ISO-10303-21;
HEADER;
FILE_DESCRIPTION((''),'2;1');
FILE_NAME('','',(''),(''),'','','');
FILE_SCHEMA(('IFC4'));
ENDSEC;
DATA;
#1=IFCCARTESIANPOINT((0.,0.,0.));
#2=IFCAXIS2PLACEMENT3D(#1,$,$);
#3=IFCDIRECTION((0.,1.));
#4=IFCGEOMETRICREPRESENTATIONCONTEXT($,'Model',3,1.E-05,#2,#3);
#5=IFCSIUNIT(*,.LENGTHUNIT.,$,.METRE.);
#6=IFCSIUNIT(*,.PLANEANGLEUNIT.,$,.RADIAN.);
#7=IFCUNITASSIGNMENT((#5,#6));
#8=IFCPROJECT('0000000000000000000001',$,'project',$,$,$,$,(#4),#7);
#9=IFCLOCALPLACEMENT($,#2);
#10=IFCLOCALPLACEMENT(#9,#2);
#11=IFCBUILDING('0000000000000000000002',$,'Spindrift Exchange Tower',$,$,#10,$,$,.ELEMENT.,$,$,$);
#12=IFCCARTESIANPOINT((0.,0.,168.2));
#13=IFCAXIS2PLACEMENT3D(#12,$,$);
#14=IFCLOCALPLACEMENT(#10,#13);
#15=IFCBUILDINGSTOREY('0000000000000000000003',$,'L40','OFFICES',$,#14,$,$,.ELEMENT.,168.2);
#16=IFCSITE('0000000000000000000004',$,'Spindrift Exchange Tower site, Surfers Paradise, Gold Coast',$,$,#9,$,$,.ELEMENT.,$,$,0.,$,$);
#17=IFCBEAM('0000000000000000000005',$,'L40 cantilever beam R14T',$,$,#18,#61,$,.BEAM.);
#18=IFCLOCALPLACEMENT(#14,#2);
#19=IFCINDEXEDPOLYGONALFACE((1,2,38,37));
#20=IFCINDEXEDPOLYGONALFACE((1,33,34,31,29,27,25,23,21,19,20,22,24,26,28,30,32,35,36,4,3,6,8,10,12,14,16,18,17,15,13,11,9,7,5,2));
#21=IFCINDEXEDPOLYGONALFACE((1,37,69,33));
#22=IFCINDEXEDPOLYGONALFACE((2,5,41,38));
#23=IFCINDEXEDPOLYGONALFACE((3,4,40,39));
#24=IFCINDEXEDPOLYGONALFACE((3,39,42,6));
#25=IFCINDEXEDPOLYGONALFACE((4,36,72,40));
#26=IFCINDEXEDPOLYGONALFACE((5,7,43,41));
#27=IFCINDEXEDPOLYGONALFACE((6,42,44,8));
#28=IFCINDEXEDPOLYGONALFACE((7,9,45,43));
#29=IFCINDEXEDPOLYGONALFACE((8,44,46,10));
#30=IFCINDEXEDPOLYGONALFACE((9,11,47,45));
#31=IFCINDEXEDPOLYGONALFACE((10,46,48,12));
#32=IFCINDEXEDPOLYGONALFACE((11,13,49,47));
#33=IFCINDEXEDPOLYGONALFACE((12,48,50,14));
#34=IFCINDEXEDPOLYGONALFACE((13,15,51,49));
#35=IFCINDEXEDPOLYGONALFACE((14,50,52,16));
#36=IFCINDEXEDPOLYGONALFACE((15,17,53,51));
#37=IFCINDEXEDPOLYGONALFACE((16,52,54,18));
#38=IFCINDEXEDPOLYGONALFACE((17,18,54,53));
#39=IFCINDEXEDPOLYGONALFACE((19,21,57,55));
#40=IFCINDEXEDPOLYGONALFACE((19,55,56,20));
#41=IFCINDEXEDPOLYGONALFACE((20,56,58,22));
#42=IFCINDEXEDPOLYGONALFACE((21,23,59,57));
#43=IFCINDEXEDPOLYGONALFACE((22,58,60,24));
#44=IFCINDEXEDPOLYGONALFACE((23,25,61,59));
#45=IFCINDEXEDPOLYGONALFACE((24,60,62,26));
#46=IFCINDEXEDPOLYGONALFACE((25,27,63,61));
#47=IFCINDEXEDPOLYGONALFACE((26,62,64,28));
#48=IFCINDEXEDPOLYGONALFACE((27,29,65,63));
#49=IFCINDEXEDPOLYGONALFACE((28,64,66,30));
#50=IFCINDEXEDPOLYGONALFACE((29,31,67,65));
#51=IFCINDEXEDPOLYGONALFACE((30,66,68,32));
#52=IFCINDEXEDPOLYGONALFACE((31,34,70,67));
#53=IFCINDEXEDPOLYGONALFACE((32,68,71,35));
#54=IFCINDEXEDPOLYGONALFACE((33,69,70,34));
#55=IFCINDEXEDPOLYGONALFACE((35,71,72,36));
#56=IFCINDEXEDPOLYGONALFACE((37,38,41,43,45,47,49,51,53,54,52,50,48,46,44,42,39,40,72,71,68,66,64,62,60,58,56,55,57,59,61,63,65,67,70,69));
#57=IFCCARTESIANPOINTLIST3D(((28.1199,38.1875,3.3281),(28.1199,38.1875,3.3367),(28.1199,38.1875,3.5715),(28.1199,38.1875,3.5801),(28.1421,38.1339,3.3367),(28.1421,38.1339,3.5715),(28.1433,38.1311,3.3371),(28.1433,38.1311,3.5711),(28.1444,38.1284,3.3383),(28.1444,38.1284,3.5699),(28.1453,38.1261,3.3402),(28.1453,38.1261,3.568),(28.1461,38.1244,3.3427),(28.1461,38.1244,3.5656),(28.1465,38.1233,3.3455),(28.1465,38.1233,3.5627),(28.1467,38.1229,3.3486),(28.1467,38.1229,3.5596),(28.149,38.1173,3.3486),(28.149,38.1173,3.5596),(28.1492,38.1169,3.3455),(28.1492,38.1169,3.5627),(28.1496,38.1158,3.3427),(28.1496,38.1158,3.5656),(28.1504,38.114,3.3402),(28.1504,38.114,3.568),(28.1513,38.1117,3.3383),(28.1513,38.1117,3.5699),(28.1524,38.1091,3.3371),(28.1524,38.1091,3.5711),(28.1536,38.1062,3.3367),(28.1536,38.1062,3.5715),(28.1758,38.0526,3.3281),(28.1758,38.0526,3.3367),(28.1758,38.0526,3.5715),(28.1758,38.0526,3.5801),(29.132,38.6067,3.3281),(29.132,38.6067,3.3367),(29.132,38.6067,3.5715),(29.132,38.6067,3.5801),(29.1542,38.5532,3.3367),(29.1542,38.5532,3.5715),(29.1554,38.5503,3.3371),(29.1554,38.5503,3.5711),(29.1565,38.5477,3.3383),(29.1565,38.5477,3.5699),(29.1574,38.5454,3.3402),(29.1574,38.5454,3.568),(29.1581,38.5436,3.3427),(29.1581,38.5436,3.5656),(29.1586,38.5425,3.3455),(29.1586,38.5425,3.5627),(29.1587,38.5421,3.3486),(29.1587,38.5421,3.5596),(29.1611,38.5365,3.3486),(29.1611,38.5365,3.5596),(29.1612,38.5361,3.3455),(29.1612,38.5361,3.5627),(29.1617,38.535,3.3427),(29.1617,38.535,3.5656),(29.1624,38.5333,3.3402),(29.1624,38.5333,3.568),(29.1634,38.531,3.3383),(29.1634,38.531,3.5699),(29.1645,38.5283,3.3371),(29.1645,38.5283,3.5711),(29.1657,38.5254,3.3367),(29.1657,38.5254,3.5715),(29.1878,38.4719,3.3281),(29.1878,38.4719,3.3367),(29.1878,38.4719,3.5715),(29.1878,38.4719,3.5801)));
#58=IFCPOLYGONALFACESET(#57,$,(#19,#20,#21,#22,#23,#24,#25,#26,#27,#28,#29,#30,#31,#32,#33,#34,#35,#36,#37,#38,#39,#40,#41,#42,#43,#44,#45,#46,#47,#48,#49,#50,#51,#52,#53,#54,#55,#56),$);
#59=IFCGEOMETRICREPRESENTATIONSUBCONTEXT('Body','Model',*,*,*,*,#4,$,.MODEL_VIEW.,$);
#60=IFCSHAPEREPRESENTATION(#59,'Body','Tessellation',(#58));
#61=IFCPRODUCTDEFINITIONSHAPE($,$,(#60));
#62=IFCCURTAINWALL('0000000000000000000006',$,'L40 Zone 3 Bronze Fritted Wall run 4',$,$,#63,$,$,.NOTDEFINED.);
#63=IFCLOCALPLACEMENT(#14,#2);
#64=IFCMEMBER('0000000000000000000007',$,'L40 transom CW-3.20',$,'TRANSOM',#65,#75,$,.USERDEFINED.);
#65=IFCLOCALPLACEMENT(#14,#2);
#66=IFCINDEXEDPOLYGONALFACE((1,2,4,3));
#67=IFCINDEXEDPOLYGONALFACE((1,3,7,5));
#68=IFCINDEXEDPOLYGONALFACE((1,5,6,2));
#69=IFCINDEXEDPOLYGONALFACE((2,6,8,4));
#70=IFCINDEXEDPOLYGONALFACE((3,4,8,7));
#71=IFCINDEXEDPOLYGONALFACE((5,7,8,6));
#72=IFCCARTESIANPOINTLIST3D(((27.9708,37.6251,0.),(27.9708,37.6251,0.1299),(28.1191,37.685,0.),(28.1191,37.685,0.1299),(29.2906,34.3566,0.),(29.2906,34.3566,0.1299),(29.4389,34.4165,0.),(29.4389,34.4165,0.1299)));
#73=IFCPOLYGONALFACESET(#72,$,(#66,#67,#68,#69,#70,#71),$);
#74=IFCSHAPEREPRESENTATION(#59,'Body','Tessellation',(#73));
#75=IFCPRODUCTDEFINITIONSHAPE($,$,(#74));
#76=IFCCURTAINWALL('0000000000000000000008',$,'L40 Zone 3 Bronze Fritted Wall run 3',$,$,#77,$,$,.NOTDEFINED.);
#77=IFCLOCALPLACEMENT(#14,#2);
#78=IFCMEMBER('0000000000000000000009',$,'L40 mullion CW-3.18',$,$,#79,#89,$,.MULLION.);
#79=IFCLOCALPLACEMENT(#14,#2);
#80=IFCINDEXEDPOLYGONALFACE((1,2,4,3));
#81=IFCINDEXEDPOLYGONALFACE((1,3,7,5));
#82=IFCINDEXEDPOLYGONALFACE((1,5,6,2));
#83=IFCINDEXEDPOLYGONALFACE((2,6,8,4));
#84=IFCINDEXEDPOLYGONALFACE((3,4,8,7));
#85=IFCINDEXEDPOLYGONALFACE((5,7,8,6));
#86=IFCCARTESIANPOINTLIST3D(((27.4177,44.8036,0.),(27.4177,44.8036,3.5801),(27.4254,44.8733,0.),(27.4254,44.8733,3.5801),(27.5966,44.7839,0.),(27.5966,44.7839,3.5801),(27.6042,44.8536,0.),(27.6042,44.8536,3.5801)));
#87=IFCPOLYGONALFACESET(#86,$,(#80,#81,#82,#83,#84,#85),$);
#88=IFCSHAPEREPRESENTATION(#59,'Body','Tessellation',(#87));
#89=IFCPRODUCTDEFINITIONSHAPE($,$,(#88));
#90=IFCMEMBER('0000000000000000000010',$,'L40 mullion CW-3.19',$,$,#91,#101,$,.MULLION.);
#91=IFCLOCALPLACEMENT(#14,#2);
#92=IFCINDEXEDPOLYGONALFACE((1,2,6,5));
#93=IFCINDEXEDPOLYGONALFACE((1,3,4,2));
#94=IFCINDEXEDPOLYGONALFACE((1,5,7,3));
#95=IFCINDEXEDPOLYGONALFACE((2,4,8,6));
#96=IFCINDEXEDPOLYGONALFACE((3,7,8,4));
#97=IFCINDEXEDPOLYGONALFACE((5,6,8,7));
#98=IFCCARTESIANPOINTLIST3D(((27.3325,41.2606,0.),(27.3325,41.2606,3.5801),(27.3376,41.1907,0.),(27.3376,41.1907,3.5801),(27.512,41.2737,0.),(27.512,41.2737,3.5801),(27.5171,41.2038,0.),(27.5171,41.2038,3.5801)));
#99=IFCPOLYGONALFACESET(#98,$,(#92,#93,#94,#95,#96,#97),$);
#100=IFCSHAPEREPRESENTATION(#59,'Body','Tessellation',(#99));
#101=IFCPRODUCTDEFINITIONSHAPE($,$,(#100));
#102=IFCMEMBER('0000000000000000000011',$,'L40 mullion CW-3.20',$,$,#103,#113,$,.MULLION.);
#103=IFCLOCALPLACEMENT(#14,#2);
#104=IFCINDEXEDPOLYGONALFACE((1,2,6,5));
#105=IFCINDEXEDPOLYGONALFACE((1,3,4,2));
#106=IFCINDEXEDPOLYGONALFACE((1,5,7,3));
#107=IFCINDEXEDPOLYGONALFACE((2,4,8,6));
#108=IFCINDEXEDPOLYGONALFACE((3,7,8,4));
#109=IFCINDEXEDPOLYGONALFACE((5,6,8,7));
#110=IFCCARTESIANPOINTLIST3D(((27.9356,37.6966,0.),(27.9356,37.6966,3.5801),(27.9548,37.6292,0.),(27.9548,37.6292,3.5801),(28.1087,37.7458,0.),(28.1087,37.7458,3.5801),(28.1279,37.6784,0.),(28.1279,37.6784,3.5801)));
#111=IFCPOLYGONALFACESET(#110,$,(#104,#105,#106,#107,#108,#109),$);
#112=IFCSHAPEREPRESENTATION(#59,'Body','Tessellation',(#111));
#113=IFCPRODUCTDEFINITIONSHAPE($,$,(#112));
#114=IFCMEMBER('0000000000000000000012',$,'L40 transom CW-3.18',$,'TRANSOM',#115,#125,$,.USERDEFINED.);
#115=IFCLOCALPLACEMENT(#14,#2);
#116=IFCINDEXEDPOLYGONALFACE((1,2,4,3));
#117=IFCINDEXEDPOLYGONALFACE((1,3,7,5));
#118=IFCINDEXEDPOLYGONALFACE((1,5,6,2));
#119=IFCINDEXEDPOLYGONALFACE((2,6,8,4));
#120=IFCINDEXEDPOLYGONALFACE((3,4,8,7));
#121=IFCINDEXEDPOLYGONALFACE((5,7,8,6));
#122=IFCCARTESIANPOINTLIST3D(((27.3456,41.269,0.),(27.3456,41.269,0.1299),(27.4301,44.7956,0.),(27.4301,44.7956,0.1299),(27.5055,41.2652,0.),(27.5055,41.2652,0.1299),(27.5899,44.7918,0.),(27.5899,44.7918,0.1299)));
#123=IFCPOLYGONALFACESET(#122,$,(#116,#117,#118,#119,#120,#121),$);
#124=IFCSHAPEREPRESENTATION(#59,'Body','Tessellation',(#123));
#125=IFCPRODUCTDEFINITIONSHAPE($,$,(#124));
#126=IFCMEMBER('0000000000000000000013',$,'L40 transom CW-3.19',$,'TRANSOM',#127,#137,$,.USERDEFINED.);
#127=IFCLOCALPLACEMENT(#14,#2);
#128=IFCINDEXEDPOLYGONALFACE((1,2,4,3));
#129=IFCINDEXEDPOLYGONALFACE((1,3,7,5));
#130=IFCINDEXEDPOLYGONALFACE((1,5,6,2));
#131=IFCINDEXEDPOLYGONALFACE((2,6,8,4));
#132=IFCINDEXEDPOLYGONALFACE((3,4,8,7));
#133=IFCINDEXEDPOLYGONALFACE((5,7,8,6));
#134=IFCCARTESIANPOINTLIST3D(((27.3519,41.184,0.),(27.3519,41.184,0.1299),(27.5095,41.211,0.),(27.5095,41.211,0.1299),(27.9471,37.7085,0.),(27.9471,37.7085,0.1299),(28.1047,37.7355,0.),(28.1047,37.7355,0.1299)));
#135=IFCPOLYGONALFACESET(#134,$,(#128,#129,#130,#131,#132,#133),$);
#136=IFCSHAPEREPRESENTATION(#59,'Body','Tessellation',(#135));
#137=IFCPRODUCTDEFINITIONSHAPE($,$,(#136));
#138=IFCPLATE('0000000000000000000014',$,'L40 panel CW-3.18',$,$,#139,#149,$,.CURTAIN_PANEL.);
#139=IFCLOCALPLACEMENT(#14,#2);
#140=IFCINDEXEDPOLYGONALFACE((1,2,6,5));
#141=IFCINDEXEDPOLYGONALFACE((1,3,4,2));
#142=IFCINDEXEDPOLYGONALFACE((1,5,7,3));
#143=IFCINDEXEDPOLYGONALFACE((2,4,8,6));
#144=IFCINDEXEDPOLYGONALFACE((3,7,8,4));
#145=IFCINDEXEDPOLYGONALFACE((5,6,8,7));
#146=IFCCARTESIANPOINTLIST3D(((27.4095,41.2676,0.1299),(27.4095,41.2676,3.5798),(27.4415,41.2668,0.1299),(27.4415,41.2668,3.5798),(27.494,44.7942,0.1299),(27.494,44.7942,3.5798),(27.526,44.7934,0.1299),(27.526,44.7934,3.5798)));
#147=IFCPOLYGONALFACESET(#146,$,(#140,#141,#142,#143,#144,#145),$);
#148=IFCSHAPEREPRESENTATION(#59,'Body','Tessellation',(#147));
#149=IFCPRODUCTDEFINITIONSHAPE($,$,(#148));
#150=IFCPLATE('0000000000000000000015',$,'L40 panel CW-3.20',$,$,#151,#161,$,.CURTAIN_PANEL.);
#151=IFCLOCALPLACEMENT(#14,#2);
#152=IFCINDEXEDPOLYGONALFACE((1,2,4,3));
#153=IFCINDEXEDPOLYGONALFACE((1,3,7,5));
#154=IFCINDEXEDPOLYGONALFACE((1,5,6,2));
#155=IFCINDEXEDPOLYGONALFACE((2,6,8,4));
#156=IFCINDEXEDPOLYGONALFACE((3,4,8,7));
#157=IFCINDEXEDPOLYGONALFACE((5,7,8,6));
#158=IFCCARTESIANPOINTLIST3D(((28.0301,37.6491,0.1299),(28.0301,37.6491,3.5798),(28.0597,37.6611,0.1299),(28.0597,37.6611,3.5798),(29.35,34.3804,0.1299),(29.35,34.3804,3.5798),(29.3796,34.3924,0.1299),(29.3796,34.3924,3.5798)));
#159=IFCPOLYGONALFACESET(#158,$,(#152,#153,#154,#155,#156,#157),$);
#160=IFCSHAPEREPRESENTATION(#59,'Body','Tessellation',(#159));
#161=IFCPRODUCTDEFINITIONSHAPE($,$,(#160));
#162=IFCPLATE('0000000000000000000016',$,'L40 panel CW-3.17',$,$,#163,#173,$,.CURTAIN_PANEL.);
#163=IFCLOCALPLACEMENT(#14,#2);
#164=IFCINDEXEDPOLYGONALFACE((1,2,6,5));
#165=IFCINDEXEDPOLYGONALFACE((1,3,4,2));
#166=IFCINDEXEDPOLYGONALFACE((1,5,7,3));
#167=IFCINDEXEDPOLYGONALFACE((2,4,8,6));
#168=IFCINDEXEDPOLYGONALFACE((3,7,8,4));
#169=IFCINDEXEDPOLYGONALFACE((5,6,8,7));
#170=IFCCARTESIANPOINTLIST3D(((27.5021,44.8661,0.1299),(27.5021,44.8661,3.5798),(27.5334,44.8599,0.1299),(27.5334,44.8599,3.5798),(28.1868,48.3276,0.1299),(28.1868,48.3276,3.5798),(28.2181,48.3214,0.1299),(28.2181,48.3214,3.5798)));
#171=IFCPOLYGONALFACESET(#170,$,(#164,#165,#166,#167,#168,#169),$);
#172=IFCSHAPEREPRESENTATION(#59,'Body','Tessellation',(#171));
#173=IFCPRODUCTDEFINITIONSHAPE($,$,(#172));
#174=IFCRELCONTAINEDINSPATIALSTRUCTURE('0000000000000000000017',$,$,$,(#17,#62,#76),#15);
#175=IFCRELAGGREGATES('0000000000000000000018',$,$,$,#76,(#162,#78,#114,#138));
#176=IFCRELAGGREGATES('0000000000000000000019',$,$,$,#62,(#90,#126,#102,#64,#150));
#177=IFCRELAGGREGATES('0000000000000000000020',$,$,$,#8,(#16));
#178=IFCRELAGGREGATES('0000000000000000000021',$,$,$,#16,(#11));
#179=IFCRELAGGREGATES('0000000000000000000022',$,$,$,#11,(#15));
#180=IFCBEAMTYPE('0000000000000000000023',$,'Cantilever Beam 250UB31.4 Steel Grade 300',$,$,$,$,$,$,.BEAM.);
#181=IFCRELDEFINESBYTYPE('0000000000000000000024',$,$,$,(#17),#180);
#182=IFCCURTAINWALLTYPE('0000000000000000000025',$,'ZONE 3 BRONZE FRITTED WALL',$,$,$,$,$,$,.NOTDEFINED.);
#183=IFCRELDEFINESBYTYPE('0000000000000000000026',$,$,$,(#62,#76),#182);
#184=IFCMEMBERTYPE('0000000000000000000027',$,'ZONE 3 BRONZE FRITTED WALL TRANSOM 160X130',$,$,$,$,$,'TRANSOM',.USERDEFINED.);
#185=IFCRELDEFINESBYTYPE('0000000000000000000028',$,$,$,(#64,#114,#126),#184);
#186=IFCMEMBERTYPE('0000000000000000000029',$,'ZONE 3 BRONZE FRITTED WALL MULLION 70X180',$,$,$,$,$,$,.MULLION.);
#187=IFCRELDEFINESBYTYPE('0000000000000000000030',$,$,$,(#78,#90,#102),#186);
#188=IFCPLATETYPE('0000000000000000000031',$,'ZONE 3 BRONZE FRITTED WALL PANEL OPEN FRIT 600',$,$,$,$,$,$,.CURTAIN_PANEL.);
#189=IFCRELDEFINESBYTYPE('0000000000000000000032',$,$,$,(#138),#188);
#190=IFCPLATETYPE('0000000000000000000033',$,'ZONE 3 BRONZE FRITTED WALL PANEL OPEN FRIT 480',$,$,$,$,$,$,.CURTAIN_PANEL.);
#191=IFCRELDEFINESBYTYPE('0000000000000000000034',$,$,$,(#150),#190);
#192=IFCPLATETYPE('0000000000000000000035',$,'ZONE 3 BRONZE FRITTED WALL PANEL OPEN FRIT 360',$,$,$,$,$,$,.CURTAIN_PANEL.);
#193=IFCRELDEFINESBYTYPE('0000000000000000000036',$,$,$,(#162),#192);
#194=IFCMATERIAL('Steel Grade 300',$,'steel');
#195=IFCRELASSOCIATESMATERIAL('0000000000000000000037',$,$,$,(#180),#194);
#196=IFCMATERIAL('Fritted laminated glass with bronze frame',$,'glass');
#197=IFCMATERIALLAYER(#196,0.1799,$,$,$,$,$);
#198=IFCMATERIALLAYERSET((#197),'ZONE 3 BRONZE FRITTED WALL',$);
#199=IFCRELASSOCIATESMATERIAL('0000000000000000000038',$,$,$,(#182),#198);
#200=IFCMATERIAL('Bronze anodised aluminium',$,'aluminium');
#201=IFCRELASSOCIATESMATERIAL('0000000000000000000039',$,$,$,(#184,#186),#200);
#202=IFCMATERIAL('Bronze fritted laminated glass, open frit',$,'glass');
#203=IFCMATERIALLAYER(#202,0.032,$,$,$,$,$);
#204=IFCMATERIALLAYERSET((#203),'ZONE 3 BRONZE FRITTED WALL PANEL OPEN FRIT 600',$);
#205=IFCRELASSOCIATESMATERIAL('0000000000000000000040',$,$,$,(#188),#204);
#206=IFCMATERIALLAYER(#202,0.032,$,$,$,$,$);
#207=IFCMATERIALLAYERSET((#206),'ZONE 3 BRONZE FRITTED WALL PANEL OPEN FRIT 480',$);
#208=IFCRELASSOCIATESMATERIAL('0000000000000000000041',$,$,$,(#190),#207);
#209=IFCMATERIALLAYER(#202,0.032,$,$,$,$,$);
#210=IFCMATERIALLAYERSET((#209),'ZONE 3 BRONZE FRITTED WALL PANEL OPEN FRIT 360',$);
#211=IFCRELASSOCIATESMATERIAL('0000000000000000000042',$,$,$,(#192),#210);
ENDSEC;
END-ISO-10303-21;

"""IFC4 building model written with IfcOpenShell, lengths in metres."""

from ifc_helpers import new_model, si_unit, direction, frame, origin, origin_2d, place, context, subcontext, project, spatial, rectangle, i_section, extrude, source, transform, mapped, material, layer, layer_set, material_profile, profile_set, type_object, element, aggregate, save


model = new_model("IFC4")

# Units and contexts
model_context = context("Model", 3, precision=1e-05, world=origin(), true_north=direction((0.0, 1.0)))
body_context = subcontext(model_context, "Body", "Model", "MODEL_VIEW")
ifc_project = project(units=[si_unit("LENGTHUNIT", "METRE"), si_unit("PLANEANGLEUNIT", "RADIAN")], contexts=[model_context])

# Site, building, storey
site_placement = place(None, origin())
site = spatial("IfcSite", under=ifc_project, at=site_placement, Name="Spindrift Exchange Tower site, Surfers Paradise, Gold Coast", CompositionType="ELEMENT", RefElevation=0.0)
building_placement = place(site_placement, origin())
building = spatial("IfcBuilding", under=site, at=building_placement, Name="Spindrift Exchange Tower", CompositionType="ELEMENT")
storey_placement = place(building_placement, frame((0.0, 0.0, 168.2)))
storey = spatial("IfcBuildingStorey", under=building, at=storey_placement, Name="L40", Description="OFFICES", CompositionType="ELEMENT", Elevation=168.2)

# Beam
ifc_material_1 = material(Name="Steel Grade 300", Category="steel")
ifc_material_profile_1 = material_profile(ifc_material_1, i_section(OverallWidth=0.146, OverallDepth=0.252, WebThickness=0.0061, FlangeThickness=0.0085, FilletRadius=0.012, at=origin_2d()), Name="250UB31.4")
ifc_profile_set_1 = profile_set([ifc_material_profile_1], Name="Steel Grade 300")
beam_type_1 = type_object("IfcBeamType", Name="Cantilever Beam 250UB31.4 Steel Grade 300", PredefinedType="BEAM", material=ifc_profile_set_1)
shared_shape_1 = source(origin(), body_context, "Body", "SweptSolid", [
    extrude(i_section(OverallWidth=0.146, OverallDepth=0.252, WebThickness=0.0061, FlangeThickness=0.0085, FilletRadius=0.012, at=origin_2d()), origin(), (0.0, 0.0, 1.0), 1.0955),
])
beam_1_placement = place(storey_placement, frame((29.1599, 38.5393, 3.4541), z_axis=(-0.923873, -0.3827, 0.0), x_axis=(0.3827, -0.923873, 0.0)))
element("IfcBeam", 1, at=beam_1_placement, inside=storey, type_object=beam_type_1, Name="L40 cantilever beam R14T", PredefinedType="BEAM", context=body_context, shape_type="MappedRepresentation", body=[
    mapped(shared_shape_1, transform((0.0, 0.0, 0.0), scale=1.0)),
])

# Curtain walls, members
ifc_material_2 = material(Name="Fritted laminated glass with bronze frame", Category="glass")
ifc_layer_1 = layer(ifc_material_2, 0.1799)
ifc_layer_set_1 = layer_set([ifc_layer_1], Name="ZONE 3 BRONZE FRITTED WALL")
curtain_wall_type = type_object("IfcCurtainWallType", Name="ZONE 3 BRONZE FRITTED WALL", PredefinedType="NOTDEFINED", material=ifc_layer_set_1)
curtain_wall_1_placement = place(storey_placement, origin())
curtain_wall_1 = element("IfcCurtainWall", 2, at=curtain_wall_1_placement, inside=storey, type_object=curtain_wall_type, Name="L40 Zone 3 Bronze Fritted Wall run 4", PredefinedType="NOTDEFINED")
ifc_material_3 = material(Name="Bronze anodised aluminium", Category="aluminium")
ifc_material_profile_2 = material_profile(ifc_material_3, rectangle(XDim=0.1599, YDim=0.1299, at=origin_2d()), Name="ZONE 3 BRONZE FRITTED WALL TRANSOM 160X130")
ifc_profile_set_2 = profile_set([ifc_material_profile_2], Name="Bronze anodised aluminium")
member_type_1 = type_object("IfcMemberType", Name="ZONE 3 BRONZE FRITTED WALL TRANSOM 160X130", ElementType="TRANSOM", PredefinedType="USERDEFINED", material=ifc_profile_set_2)
shared_shape_2 = source(origin(), body_context, "Body", "SweptSolid", [
    extrude(rectangle(XDim=0.1599, YDim=0.1299, at=origin_2d()), origin(), (0.0, 0.0, 1.0), 3.5249),
])
member_1_placement = place(storey_placement, frame((28.0449, 37.655, 0.0649), z_axis=(0.374422, -0.927258, 0.0), x_axis=(0.927258, 0.374422, 0.0)))
member_1 = element("IfcMember", 3, at=member_1_placement, type_object=member_type_1, Name="L40 transom CW-3.20", ObjectType="TRANSOM", PredefinedType="USERDEFINED", context=body_context, shape_type="MappedRepresentation", body=[
    mapped(shared_shape_2, transform((0.0, 0.0, 0.0), scale=1.0)),
])
curtain_wall_2_placement = place(storey_placement, origin())
curtain_wall_2 = element("IfcCurtainWall", 4, at=curtain_wall_2_placement, inside=storey, type_object=curtain_wall_type, Name="L40 Zone 3 Bronze Fritted Wall run 3", PredefinedType="NOTDEFINED")
ifc_material_profile_3 = material_profile(ifc_material_3, rectangle(XDim=0.0701, YDim=0.1799, at=origin_2d()), Name="ZONE 3 BRONZE FRITTED WALL MULLION 70X180")
ifc_profile_set_3 = profile_set([ifc_material_profile_3], Name="Bronze anodised aluminium")
member_type_2 = type_object("IfcMemberType", Name="ZONE 3 BRONZE FRITTED WALL MULLION 70X180", PredefinedType="MULLION", material=ifc_profile_set_3)
shared_shape_3 = source(origin(), body_context, "Body", "SweptSolid", [
    extrude(rectangle(XDim=0.0701, YDim=0.1799, at=origin_2d()), origin(), (0.0, 0.0, 1.0), 3.5801),
])
member_2_placement = place(storey_placement, frame((27.511, 44.8286, 0.0), z_axis=(0.0, 0.0, 1.0), x_axis=(-0.109405, -0.993997, 0.0)))
member_2 = element("IfcMember", 5, at=member_2_placement, type_object=member_type_2, Name="L40 mullion CW-3.18", PredefinedType="MULLION", context=body_context, shape_type="MappedRepresentation", body=[
    mapped(shared_shape_3, transform((0.0, 0.0, 0.0), scale=1.0)),
])

# Members
member_3_placement = place(storey_placement, frame((27.4248, 41.2322, 0.0), z_axis=(0.0, 0.0, 1.0), x_axis=(0.072755, -0.99735, 0.0)))
member_3 = element("IfcMember", 6, at=member_3_placement, type_object=member_type_2, Name="L40 mullion CW-3.19", PredefinedType="MULLION", context=body_context, shape_type="MappedRepresentation", body=[
    mapped(shared_shape_3, transform((0.0, 0.0, 0.0), scale=1.0)),
])
member_4_placement = place(storey_placement, frame((28.0317, 37.6875, 0.0), z_axis=(0.0, 0.0, 1.0), x_axis=(0.273172, -0.961965, 0.0)))
member_4 = element("IfcMember", 7, at=member_4_placement, type_object=member_type_2, Name="L40 mullion CW-3.20", PredefinedType="MULLION", context=body_context, shape_type="MappedRepresentation", body=[
    mapped(shared_shape_3, transform((0.0, 0.0, 0.0), scale=1.0)),
])
shared_shape_4 = source(origin(), body_context, "Body", "SweptSolid", [
    extrude(rectangle(XDim=0.1599, YDim=0.1299, at=origin_2d()), origin(), (0.0, 0.0, 1.0), 3.5276),
])
member_5_placement = place(storey_placement, frame((27.51, 44.7937, 0.0649), z_axis=(-0.023946, -0.999713, 0.0), x_axis=(0.999713, -0.023946, 0.0)))
member_5 = element("IfcMember", 8, at=member_5_placement, type_object=member_type_1, Name="L40 transom CW-3.18", ObjectType="TRANSOM", PredefinedType="USERDEFINED", context=body_context, shape_type="MappedRepresentation", body=[
    mapped(shared_shape_4, transform((0.0, 0.0, 0.0), scale=1.0)),
])
shared_shape_5 = source(origin(), body_context, "Body", "SweptSolid", [
    extrude(rectangle(XDim=0.1599, YDim=0.1299, at=origin_2d()), origin(), (0.0, 0.0, 1.0), 3.5261),
])
member_6_placement = place(storey_placement, frame((27.4307, 41.1975, 0.0649), z_axis=(0.168799, -0.985651, 0.0), x_axis=(0.985651, 0.168799, 0.0)))
member_6 = element("IfcMember", 9, at=member_6_placement, type_object=member_type_1, Name="L40 transom CW-3.19", ObjectType="TRANSOM", PredefinedType="USERDEFINED", context=body_context, shape_type="MappedRepresentation", body=[
    mapped(shared_shape_5, transform((0.0, 0.0, 0.0), scale=1.0)),
])

# Plates
ifc_material_4 = material(Name="Bronze fritted laminated glass, open frit", Category="glass")
ifc_layer_2 = layer(ifc_material_4, 0.032)
ifc_layer_set_2 = layer_set([ifc_layer_2], Name="ZONE 3 BRONZE FRITTED WALL PANEL OPEN FRIT 600")
plate_type_1 = type_object("IfcPlateType", Name="ZONE 3 BRONZE FRITTED WALL PANEL OPEN FRIT 600", PredefinedType="CURTAIN_PANEL", material=ifc_layer_set_2)
shared_shape_6 = source(origin(), body_context, "Body", "SweptSolid", [
    extrude(rectangle(XDim=3.5276, YDim=0.032, at=origin_2d()), origin(), (0.0, 0.0, 1.0), 3.45),
])
plate_1_placement = place(storey_placement, frame((27.4678, 43.0305, 0.1299), z_axis=(0.0, 0.0, 1.0), x_axis=(-0.023959, -0.999713, 0.0)))
plate_1 = element("IfcPlate", 10, at=plate_1_placement, type_object=plate_type_1, Name="L40 panel CW-3.18", PredefinedType="CURTAIN_PANEL", context=body_context, shape_type="MappedRepresentation", body=[
    mapped(shared_shape_6, transform((0.0, 0.0, 0.0), scale=1.0)),
])
ifc_layer_3 = layer(ifc_material_4, 0.032)
ifc_layer_set_3 = layer_set([ifc_layer_3], Name="ZONE 3 BRONZE FRITTED WALL PANEL OPEN FRIT 480")
plate_type_2 = type_object("IfcPlateType", Name="ZONE 3 BRONZE FRITTED WALL PANEL OPEN FRIT 480", PredefinedType="CURTAIN_PANEL", material=ifc_layer_set_3)
shared_shape_7 = source(origin(), body_context, "Body", "SweptSolid", [
    extrude(rectangle(XDim=3.5251, YDim=0.032, at=origin_2d()), origin(), (0.0, 0.0, 1.0), 3.45),
])
plate_2_placement = place(storey_placement, frame((28.7048, 36.0208, 0.1299), z_axis=(0.0, 0.0, 1.0), x_axis=(0.374424, -0.927258, 0.0)))
plate_2 = element("IfcPlate", 11, at=plate_2_placement, type_object=plate_type_2, Name="L40 panel CW-3.20", PredefinedType="CURTAIN_PANEL", context=body_context, shape_type="MappedRepresentation", body=[
    mapped(shared_shape_7, transform((0.0, 0.0, 0.0), scale=1.0)),
])
ifc_layer_4 = layer(ifc_material_4, 0.032)
ifc_layer_set_4 = layer_set([ifc_layer_4], Name="ZONE 3 BRONZE FRITTED WALL PANEL OPEN FRIT 360")
plate_type_3 = type_object("IfcPlateType", Name="ZONE 3 BRONZE FRITTED WALL PANEL OPEN FRIT 360", PredefinedType="CURTAIN_PANEL", material=ifc_layer_set_4)
shared_shape_8 = source(origin(), body_context, "Body", "SweptSolid", [
    extrude(rectangle(XDim=3.5286, YDim=0.032, at=origin_2d()), origin(), (0.0, 0.0, 1.0), 3.45),
])
plate_3_placement = place(storey_placement, frame((27.8601, 46.5938, 0.1299), z_axis=(0.0, 0.0, 1.0), x_axis=(-0.194048, -0.980992, 0.0)))
plate_3 = element("IfcPlate", 12, at=plate_3_placement, type_object=plate_type_3, Name="L40 panel CW-3.17", PredefinedType="CURTAIN_PANEL", context=body_context, shape_type="MappedRepresentation", body=[
    mapped(shared_shape_8, transform((0.0, 0.0, 0.0), scale=1.0)),
])
aggregate(curtain_wall_2, [plate_3, member_2, member_5, plate_1])
aggregate(curtain_wall_1, [member_3, member_6, member_4, member_1, plate_2])

save(model, "model.ifc")
